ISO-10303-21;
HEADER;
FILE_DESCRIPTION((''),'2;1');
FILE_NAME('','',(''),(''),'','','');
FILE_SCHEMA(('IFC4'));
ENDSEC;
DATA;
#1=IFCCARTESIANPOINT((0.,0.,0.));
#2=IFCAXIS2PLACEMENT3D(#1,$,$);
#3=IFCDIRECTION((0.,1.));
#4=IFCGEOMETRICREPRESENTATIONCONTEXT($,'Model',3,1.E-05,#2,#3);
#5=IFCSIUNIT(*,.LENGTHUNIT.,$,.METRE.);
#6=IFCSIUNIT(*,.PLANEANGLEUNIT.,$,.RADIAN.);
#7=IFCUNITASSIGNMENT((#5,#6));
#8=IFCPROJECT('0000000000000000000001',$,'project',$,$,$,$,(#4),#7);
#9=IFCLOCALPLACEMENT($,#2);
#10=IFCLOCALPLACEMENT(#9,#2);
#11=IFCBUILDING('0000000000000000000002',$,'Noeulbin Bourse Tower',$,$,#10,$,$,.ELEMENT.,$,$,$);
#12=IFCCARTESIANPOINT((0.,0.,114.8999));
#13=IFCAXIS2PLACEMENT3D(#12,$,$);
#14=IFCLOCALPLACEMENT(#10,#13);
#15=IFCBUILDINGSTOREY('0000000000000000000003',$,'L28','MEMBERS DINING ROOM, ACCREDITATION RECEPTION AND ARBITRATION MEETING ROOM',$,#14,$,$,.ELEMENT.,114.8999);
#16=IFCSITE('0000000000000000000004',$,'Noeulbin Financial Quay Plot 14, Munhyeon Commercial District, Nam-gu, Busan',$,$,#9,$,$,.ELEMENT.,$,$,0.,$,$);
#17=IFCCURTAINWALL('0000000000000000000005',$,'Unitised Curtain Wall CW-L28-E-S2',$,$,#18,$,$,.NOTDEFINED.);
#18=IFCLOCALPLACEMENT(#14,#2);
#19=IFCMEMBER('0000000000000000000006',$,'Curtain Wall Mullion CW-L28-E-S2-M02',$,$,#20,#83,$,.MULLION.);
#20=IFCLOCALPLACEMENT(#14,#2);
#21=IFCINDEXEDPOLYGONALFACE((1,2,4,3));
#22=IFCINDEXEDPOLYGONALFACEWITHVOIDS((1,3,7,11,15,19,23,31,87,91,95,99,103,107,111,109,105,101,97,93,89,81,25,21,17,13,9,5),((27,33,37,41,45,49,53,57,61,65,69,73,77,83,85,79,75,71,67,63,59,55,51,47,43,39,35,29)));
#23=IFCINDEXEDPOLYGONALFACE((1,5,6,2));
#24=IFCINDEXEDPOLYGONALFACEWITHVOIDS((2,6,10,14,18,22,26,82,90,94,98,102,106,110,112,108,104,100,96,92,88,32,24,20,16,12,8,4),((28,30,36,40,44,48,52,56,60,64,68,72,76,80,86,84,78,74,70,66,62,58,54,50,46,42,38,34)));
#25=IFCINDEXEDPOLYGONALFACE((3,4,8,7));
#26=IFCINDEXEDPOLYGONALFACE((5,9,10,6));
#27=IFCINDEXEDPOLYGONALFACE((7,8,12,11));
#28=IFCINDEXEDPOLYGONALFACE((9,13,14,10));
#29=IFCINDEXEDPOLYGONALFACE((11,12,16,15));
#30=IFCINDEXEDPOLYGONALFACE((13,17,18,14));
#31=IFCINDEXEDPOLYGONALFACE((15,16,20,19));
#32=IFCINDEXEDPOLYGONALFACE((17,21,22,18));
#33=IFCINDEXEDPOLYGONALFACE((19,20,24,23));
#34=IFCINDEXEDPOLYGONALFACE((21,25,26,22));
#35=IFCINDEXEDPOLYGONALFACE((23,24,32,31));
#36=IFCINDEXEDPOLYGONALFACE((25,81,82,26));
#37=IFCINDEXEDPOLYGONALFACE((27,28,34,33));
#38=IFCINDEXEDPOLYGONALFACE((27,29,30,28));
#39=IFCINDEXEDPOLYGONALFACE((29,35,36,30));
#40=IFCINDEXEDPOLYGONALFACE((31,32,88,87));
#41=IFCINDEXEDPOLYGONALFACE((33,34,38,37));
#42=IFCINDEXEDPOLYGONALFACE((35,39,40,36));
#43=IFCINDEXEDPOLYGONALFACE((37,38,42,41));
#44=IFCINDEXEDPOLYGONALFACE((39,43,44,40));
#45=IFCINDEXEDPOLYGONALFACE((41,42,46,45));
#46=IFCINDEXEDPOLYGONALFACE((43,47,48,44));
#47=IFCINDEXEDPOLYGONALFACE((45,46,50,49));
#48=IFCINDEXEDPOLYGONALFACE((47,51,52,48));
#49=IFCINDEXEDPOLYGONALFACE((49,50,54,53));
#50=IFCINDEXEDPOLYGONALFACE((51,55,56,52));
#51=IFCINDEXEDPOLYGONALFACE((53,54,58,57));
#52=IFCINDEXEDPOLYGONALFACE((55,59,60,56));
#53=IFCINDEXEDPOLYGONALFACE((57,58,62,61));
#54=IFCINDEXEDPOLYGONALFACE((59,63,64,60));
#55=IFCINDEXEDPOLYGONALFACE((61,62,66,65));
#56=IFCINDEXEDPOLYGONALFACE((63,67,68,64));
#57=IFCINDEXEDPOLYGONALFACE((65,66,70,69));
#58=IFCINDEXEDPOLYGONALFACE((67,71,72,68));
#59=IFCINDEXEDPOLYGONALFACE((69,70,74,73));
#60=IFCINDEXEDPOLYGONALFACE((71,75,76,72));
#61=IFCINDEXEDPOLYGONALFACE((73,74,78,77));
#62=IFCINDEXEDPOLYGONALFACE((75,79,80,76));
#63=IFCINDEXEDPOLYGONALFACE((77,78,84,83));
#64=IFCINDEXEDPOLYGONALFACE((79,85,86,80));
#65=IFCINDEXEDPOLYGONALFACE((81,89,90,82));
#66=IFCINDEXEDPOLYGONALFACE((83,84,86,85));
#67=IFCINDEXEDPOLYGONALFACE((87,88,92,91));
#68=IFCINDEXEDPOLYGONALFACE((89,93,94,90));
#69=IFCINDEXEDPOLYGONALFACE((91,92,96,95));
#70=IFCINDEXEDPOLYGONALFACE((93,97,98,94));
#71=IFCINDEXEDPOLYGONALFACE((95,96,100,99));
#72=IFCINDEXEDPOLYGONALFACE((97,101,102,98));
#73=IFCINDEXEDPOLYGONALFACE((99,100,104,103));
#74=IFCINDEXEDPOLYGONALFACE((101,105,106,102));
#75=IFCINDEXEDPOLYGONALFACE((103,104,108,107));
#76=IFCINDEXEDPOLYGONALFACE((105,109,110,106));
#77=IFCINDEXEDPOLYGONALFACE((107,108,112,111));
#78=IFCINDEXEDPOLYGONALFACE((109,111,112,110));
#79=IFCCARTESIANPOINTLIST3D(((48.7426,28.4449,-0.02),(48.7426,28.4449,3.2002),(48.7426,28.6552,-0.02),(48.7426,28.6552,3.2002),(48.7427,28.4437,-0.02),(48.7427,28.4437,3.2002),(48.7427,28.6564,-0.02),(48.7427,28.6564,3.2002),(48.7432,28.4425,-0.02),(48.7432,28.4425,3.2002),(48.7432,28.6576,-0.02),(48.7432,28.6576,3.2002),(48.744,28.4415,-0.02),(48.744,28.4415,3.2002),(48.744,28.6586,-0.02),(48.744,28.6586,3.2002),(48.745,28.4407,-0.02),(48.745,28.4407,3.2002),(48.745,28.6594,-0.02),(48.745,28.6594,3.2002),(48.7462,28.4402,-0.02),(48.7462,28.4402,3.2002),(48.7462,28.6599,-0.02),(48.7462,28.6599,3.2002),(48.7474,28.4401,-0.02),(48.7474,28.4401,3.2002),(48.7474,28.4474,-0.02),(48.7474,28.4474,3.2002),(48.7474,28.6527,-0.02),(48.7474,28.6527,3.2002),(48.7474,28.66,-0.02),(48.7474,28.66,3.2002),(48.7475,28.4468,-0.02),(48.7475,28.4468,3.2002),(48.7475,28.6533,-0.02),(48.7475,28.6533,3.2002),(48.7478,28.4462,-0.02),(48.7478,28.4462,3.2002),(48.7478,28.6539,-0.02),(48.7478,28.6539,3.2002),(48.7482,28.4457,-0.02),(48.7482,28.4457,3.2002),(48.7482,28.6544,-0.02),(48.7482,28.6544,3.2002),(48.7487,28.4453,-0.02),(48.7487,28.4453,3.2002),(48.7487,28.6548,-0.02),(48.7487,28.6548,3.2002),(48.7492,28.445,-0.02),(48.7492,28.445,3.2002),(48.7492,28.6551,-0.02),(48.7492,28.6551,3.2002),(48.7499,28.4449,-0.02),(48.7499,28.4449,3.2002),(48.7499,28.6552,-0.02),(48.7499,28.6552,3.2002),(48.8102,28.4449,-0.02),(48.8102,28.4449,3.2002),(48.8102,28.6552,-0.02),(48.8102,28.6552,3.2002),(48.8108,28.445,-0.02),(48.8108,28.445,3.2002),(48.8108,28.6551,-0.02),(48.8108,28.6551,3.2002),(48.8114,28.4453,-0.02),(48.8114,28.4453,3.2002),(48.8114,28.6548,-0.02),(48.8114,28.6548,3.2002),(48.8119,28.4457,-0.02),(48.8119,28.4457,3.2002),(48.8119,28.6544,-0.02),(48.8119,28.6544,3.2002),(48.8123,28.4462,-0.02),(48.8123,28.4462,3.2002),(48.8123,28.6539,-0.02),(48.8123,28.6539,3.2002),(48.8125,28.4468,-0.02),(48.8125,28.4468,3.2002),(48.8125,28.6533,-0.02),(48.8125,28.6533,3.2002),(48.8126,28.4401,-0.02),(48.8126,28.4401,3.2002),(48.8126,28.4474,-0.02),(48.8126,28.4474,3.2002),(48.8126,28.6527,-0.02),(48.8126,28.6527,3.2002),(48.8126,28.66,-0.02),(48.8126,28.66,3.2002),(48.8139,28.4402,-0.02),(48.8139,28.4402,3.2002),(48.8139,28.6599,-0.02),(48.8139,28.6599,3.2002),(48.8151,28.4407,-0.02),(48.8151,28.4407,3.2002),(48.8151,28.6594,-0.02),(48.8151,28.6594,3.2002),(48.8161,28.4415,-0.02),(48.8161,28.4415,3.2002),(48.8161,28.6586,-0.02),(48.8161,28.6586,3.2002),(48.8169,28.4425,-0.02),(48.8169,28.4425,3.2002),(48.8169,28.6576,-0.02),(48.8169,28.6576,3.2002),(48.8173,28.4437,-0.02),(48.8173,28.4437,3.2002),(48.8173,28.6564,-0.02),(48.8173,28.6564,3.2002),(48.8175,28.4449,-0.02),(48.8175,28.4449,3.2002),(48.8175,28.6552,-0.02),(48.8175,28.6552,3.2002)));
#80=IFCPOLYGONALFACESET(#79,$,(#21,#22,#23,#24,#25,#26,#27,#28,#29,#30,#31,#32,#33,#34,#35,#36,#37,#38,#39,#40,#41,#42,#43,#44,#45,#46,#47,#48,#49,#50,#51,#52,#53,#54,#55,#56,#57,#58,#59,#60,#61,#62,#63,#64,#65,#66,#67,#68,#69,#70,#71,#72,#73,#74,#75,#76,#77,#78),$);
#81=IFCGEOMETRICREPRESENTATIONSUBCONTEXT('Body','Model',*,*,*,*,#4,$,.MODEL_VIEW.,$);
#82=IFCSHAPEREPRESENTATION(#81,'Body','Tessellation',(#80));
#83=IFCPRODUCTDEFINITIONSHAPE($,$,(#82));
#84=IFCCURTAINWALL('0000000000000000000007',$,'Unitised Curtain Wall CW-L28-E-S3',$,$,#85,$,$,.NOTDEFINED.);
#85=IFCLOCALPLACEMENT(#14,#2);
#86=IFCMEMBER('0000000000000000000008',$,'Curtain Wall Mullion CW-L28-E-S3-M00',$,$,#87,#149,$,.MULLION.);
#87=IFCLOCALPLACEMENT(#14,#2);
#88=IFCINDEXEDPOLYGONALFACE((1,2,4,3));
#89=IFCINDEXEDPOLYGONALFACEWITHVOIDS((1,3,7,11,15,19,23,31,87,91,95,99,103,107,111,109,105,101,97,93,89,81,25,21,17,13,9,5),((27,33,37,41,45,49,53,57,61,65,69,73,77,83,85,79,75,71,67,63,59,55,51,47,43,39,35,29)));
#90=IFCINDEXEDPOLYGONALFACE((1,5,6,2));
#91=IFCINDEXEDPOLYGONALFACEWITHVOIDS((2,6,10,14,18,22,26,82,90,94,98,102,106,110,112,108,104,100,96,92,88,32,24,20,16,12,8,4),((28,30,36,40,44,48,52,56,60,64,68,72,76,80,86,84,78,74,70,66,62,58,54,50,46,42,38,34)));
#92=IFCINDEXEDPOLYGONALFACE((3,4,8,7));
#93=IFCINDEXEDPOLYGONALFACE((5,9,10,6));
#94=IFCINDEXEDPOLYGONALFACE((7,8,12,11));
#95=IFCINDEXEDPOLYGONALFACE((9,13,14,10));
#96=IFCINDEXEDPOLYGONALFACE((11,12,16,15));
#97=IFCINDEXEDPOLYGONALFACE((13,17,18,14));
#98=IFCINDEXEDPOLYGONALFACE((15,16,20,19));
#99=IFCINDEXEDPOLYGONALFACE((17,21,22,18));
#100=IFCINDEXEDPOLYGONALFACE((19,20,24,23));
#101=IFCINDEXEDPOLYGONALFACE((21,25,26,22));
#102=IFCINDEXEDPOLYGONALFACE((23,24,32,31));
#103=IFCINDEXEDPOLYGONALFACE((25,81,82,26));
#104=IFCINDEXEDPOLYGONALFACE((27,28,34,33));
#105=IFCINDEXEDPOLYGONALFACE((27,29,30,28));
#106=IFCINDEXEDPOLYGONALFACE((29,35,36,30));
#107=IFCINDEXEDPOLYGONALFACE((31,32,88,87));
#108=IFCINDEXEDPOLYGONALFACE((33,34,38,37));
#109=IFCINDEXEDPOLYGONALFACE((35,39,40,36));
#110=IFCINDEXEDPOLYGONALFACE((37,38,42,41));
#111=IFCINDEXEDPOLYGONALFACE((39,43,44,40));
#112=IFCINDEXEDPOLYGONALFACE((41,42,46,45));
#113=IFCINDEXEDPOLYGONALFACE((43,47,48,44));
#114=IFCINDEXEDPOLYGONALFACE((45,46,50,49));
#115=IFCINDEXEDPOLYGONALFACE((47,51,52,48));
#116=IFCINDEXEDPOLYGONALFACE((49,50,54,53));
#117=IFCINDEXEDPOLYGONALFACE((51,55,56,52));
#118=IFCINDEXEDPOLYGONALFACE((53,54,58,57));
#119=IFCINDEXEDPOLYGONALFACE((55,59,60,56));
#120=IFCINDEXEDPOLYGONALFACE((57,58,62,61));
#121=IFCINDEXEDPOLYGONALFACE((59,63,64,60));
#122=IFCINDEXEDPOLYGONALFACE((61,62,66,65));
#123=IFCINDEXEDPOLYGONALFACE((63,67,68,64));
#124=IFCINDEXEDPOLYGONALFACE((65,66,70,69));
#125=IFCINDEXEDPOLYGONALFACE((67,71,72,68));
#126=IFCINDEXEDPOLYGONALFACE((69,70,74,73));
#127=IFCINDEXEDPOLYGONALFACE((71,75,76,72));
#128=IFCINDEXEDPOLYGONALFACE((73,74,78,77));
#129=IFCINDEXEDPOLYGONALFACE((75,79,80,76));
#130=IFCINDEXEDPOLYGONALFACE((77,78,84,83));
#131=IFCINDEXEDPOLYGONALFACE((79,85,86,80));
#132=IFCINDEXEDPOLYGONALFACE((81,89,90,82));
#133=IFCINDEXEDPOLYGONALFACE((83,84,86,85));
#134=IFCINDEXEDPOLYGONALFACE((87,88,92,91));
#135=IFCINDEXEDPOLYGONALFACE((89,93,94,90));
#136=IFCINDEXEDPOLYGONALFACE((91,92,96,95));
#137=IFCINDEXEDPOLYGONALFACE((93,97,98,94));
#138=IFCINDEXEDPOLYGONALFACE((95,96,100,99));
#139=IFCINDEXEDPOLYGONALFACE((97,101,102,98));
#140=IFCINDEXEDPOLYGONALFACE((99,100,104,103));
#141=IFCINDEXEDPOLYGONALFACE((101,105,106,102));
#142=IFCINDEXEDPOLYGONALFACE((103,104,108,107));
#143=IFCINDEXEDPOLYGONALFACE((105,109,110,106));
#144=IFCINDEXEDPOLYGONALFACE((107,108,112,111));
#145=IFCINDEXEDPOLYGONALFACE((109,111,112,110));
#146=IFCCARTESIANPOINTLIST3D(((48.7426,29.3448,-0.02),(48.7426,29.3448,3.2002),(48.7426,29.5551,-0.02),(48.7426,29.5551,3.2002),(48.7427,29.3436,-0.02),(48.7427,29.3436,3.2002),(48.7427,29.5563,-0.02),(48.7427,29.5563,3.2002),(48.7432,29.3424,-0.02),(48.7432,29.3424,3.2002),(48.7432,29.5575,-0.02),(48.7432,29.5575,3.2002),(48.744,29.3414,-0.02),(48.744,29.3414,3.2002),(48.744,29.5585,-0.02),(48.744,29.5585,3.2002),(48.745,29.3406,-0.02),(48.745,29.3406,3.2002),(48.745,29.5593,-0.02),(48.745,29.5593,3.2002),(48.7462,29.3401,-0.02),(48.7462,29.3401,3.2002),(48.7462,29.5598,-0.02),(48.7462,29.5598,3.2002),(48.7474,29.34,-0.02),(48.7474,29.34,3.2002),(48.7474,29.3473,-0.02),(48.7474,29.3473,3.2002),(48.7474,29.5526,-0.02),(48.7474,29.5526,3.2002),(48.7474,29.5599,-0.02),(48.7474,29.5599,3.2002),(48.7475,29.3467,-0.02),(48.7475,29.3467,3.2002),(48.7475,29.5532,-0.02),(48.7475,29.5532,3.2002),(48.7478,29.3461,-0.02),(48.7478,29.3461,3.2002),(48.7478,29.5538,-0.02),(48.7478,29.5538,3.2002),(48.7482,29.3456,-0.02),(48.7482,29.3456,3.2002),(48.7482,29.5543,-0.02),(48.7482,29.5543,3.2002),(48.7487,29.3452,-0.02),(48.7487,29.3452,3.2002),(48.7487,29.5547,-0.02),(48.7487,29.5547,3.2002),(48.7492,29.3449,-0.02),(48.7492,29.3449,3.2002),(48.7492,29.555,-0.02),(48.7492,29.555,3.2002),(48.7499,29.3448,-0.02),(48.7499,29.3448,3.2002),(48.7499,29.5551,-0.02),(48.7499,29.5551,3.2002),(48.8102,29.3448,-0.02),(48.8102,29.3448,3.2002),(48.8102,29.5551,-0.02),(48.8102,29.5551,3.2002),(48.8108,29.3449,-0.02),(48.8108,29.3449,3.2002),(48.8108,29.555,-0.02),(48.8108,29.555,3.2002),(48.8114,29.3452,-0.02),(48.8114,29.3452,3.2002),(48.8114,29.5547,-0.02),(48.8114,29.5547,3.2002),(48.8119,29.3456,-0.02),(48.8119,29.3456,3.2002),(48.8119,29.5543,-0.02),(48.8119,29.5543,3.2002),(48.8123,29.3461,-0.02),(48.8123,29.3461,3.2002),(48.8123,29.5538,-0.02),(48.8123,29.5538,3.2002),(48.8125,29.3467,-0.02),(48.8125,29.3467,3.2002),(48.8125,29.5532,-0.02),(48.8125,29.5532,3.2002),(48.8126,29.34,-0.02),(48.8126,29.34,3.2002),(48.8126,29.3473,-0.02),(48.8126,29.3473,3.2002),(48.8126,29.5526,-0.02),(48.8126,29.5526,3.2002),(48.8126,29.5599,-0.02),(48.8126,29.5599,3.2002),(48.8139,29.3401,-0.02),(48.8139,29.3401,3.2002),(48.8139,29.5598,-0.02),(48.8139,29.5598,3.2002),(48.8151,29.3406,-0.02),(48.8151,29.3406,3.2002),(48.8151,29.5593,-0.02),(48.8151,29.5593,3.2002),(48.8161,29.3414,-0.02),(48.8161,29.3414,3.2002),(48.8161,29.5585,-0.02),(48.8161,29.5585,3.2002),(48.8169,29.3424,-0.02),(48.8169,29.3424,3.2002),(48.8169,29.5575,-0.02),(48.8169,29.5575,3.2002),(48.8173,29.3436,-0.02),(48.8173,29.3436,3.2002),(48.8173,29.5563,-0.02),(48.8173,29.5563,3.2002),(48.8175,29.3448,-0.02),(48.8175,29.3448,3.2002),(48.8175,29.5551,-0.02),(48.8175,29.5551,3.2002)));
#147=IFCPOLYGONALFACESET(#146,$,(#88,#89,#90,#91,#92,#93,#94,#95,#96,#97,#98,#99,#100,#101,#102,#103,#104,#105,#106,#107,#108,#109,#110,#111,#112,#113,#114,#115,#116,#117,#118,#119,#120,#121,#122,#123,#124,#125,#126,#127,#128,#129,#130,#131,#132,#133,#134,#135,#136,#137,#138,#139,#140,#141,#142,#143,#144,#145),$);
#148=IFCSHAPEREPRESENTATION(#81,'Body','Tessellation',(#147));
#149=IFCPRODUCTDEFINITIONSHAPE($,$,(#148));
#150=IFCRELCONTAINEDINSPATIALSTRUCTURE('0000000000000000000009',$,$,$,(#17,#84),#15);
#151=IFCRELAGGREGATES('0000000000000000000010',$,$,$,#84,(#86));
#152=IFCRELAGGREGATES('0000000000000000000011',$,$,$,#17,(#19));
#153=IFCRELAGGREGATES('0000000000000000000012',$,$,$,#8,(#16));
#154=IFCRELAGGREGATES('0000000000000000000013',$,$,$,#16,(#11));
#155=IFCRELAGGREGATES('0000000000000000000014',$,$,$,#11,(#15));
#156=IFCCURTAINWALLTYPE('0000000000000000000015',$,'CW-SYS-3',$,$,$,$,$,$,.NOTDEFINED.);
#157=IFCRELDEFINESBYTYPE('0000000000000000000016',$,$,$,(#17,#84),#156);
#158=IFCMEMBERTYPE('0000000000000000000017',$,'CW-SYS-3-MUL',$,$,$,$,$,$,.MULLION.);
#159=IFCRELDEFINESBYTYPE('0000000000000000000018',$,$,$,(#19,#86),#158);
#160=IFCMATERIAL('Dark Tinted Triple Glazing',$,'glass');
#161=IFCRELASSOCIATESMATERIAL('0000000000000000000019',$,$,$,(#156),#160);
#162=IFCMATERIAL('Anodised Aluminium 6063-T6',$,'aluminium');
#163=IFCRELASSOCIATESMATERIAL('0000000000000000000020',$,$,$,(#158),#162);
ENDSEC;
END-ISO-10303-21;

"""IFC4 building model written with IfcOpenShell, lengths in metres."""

from ifc_helpers import new_model, si_unit, direction, frame, origin, origin_2d, place, context, subcontext, project, spatial, hollow_rectangle, extrude, material, material_profile, profile_set, type_object, element, aggregate, save


model = new_model("IFC4")

# Units and contexts
model_context = context("Model", 3, precision=1e-05, world=origin(), true_north=direction((0.0, 1.0)))
body_context = subcontext(model_context, "Body", "Model", "MODEL_VIEW")
ifc_project = project(units=[si_unit("LENGTHUNIT", "METRE"), si_unit("PLANEANGLEUNIT", "RADIAN")], contexts=[model_context])

# Site, building, storey
site_placement = place(None, origin())
site = spatial("IfcSite", under=ifc_project, at=site_placement, Name="Noeulbin Financial Quay Plot 14, Munhyeon Commercial District, Nam-gu, Busan", CompositionType="ELEMENT", RefElevation=0.0)
building_placement = place(site_placement, origin())
building = spatial("IfcBuilding", under=site, at=building_placement, Name="Noeulbin Bourse Tower", CompositionType="ELEMENT")
storey_placement = place(building_placement, frame((0.0, 0.0, 114.8999)))
storey = spatial("IfcBuildingStorey", under=building, at=storey_placement, Name="L28", Description="MEMBERS DINING ROOM, ACCREDITATION RECEPTION AND ARBITRATION MEETING ROOM", CompositionType="ELEMENT", Elevation=114.8999)

# Curtain wall, member
ifc_material_1 = material(Name="Dark Tinted Triple Glazing", Category="glass")
curtain_wall_type = type_object("IfcCurtainWallType", Name="CW-SYS-3", PredefinedType="NOTDEFINED", material=ifc_material_1)
curtain_wall_1_placement = place(storey_placement, origin())
curtain_wall_1 = element("IfcCurtainWall", 1, at=curtain_wall_1_placement, inside=storey, type_object=curtain_wall_type, Name="Unitised Curtain Wall CW-L28-E-S2", PredefinedType="NOTDEFINED")
ifc_material_2 = material(Name="Anodised Aluminium 6063-T6", Category="aluminium")
ifc_material_profile_1 = material_profile(ifc_material_2, hollow_rectangle(XDim=0.075, YDim=0.22, WallThickness=0.0049, InnerFilletRadius=0.0024, OuterFilletRadius=0.0049, at=origin_2d()), Name="ALU-MULL-75x220x5", Category="LoadBearing")
ifc_profile_set_1 = profile_set([ifc_material_profile_1], Name="Anodised Aluminium 6063-T6")
member_type_1 = type_object("IfcMemberType", Name="CW-SYS-3-MUL", PredefinedType="MULLION", material=ifc_profile_set_1)
member_1_placement = place(storey_placement, frame((48.78, 28.55, -0.02), z_axis=(0.0, 0.0, 1.0), x_axis=(1.0, 0.0, 0.0)))
member_1 = element("IfcMember", 2, at=member_1_placement, type_object=member_type_1, Name="Curtain Wall Mullion CW-L28-E-S2-M02", PredefinedType="MULLION", context=body_context, shape_type="SweptSolid", body=[
    extrude(hollow_rectangle(XDim=0.075, YDim=0.22, WallThickness=0.0049, InnerFilletRadius=0.0024, OuterFilletRadius=0.0049, at=origin_2d()), origin(), (0.0, 0.0, 1.0), 3.2202),
])

# Curtain wall, member
curtain_wall_2_placement = place(storey_placement, origin())
curtain_wall_2 = element("IfcCurtainWall", 3, at=curtain_wall_2_placement, inside=storey, type_object=curtain_wall_type, Name="Unitised Curtain Wall CW-L28-E-S3", PredefinedType="NOTDEFINED")
member_2_placement = place(storey_placement, frame((48.78, 29.45, -0.02), z_axis=(0.0, 0.0, 1.0), x_axis=(1.0, 0.0, 0.0)))
member_2 = element("IfcMember", 4, at=member_2_placement, type_object=member_type_1, Name="Curtain Wall Mullion CW-L28-E-S3-M00", PredefinedType="MULLION", context=body_context, shape_type="SweptSolid", body=[
    extrude(hollow_rectangle(XDim=0.075, YDim=0.22, WallThickness=0.0049, InnerFilletRadius=0.0024, OuterFilletRadius=0.0049, at=origin_2d()), origin(), (0.0, 0.0, 1.0), 3.2202),
])

aggregate(curtain_wall_2, [member_2])

aggregate(curtain_wall_1, [member_1])

save(model, "model.ifc")
